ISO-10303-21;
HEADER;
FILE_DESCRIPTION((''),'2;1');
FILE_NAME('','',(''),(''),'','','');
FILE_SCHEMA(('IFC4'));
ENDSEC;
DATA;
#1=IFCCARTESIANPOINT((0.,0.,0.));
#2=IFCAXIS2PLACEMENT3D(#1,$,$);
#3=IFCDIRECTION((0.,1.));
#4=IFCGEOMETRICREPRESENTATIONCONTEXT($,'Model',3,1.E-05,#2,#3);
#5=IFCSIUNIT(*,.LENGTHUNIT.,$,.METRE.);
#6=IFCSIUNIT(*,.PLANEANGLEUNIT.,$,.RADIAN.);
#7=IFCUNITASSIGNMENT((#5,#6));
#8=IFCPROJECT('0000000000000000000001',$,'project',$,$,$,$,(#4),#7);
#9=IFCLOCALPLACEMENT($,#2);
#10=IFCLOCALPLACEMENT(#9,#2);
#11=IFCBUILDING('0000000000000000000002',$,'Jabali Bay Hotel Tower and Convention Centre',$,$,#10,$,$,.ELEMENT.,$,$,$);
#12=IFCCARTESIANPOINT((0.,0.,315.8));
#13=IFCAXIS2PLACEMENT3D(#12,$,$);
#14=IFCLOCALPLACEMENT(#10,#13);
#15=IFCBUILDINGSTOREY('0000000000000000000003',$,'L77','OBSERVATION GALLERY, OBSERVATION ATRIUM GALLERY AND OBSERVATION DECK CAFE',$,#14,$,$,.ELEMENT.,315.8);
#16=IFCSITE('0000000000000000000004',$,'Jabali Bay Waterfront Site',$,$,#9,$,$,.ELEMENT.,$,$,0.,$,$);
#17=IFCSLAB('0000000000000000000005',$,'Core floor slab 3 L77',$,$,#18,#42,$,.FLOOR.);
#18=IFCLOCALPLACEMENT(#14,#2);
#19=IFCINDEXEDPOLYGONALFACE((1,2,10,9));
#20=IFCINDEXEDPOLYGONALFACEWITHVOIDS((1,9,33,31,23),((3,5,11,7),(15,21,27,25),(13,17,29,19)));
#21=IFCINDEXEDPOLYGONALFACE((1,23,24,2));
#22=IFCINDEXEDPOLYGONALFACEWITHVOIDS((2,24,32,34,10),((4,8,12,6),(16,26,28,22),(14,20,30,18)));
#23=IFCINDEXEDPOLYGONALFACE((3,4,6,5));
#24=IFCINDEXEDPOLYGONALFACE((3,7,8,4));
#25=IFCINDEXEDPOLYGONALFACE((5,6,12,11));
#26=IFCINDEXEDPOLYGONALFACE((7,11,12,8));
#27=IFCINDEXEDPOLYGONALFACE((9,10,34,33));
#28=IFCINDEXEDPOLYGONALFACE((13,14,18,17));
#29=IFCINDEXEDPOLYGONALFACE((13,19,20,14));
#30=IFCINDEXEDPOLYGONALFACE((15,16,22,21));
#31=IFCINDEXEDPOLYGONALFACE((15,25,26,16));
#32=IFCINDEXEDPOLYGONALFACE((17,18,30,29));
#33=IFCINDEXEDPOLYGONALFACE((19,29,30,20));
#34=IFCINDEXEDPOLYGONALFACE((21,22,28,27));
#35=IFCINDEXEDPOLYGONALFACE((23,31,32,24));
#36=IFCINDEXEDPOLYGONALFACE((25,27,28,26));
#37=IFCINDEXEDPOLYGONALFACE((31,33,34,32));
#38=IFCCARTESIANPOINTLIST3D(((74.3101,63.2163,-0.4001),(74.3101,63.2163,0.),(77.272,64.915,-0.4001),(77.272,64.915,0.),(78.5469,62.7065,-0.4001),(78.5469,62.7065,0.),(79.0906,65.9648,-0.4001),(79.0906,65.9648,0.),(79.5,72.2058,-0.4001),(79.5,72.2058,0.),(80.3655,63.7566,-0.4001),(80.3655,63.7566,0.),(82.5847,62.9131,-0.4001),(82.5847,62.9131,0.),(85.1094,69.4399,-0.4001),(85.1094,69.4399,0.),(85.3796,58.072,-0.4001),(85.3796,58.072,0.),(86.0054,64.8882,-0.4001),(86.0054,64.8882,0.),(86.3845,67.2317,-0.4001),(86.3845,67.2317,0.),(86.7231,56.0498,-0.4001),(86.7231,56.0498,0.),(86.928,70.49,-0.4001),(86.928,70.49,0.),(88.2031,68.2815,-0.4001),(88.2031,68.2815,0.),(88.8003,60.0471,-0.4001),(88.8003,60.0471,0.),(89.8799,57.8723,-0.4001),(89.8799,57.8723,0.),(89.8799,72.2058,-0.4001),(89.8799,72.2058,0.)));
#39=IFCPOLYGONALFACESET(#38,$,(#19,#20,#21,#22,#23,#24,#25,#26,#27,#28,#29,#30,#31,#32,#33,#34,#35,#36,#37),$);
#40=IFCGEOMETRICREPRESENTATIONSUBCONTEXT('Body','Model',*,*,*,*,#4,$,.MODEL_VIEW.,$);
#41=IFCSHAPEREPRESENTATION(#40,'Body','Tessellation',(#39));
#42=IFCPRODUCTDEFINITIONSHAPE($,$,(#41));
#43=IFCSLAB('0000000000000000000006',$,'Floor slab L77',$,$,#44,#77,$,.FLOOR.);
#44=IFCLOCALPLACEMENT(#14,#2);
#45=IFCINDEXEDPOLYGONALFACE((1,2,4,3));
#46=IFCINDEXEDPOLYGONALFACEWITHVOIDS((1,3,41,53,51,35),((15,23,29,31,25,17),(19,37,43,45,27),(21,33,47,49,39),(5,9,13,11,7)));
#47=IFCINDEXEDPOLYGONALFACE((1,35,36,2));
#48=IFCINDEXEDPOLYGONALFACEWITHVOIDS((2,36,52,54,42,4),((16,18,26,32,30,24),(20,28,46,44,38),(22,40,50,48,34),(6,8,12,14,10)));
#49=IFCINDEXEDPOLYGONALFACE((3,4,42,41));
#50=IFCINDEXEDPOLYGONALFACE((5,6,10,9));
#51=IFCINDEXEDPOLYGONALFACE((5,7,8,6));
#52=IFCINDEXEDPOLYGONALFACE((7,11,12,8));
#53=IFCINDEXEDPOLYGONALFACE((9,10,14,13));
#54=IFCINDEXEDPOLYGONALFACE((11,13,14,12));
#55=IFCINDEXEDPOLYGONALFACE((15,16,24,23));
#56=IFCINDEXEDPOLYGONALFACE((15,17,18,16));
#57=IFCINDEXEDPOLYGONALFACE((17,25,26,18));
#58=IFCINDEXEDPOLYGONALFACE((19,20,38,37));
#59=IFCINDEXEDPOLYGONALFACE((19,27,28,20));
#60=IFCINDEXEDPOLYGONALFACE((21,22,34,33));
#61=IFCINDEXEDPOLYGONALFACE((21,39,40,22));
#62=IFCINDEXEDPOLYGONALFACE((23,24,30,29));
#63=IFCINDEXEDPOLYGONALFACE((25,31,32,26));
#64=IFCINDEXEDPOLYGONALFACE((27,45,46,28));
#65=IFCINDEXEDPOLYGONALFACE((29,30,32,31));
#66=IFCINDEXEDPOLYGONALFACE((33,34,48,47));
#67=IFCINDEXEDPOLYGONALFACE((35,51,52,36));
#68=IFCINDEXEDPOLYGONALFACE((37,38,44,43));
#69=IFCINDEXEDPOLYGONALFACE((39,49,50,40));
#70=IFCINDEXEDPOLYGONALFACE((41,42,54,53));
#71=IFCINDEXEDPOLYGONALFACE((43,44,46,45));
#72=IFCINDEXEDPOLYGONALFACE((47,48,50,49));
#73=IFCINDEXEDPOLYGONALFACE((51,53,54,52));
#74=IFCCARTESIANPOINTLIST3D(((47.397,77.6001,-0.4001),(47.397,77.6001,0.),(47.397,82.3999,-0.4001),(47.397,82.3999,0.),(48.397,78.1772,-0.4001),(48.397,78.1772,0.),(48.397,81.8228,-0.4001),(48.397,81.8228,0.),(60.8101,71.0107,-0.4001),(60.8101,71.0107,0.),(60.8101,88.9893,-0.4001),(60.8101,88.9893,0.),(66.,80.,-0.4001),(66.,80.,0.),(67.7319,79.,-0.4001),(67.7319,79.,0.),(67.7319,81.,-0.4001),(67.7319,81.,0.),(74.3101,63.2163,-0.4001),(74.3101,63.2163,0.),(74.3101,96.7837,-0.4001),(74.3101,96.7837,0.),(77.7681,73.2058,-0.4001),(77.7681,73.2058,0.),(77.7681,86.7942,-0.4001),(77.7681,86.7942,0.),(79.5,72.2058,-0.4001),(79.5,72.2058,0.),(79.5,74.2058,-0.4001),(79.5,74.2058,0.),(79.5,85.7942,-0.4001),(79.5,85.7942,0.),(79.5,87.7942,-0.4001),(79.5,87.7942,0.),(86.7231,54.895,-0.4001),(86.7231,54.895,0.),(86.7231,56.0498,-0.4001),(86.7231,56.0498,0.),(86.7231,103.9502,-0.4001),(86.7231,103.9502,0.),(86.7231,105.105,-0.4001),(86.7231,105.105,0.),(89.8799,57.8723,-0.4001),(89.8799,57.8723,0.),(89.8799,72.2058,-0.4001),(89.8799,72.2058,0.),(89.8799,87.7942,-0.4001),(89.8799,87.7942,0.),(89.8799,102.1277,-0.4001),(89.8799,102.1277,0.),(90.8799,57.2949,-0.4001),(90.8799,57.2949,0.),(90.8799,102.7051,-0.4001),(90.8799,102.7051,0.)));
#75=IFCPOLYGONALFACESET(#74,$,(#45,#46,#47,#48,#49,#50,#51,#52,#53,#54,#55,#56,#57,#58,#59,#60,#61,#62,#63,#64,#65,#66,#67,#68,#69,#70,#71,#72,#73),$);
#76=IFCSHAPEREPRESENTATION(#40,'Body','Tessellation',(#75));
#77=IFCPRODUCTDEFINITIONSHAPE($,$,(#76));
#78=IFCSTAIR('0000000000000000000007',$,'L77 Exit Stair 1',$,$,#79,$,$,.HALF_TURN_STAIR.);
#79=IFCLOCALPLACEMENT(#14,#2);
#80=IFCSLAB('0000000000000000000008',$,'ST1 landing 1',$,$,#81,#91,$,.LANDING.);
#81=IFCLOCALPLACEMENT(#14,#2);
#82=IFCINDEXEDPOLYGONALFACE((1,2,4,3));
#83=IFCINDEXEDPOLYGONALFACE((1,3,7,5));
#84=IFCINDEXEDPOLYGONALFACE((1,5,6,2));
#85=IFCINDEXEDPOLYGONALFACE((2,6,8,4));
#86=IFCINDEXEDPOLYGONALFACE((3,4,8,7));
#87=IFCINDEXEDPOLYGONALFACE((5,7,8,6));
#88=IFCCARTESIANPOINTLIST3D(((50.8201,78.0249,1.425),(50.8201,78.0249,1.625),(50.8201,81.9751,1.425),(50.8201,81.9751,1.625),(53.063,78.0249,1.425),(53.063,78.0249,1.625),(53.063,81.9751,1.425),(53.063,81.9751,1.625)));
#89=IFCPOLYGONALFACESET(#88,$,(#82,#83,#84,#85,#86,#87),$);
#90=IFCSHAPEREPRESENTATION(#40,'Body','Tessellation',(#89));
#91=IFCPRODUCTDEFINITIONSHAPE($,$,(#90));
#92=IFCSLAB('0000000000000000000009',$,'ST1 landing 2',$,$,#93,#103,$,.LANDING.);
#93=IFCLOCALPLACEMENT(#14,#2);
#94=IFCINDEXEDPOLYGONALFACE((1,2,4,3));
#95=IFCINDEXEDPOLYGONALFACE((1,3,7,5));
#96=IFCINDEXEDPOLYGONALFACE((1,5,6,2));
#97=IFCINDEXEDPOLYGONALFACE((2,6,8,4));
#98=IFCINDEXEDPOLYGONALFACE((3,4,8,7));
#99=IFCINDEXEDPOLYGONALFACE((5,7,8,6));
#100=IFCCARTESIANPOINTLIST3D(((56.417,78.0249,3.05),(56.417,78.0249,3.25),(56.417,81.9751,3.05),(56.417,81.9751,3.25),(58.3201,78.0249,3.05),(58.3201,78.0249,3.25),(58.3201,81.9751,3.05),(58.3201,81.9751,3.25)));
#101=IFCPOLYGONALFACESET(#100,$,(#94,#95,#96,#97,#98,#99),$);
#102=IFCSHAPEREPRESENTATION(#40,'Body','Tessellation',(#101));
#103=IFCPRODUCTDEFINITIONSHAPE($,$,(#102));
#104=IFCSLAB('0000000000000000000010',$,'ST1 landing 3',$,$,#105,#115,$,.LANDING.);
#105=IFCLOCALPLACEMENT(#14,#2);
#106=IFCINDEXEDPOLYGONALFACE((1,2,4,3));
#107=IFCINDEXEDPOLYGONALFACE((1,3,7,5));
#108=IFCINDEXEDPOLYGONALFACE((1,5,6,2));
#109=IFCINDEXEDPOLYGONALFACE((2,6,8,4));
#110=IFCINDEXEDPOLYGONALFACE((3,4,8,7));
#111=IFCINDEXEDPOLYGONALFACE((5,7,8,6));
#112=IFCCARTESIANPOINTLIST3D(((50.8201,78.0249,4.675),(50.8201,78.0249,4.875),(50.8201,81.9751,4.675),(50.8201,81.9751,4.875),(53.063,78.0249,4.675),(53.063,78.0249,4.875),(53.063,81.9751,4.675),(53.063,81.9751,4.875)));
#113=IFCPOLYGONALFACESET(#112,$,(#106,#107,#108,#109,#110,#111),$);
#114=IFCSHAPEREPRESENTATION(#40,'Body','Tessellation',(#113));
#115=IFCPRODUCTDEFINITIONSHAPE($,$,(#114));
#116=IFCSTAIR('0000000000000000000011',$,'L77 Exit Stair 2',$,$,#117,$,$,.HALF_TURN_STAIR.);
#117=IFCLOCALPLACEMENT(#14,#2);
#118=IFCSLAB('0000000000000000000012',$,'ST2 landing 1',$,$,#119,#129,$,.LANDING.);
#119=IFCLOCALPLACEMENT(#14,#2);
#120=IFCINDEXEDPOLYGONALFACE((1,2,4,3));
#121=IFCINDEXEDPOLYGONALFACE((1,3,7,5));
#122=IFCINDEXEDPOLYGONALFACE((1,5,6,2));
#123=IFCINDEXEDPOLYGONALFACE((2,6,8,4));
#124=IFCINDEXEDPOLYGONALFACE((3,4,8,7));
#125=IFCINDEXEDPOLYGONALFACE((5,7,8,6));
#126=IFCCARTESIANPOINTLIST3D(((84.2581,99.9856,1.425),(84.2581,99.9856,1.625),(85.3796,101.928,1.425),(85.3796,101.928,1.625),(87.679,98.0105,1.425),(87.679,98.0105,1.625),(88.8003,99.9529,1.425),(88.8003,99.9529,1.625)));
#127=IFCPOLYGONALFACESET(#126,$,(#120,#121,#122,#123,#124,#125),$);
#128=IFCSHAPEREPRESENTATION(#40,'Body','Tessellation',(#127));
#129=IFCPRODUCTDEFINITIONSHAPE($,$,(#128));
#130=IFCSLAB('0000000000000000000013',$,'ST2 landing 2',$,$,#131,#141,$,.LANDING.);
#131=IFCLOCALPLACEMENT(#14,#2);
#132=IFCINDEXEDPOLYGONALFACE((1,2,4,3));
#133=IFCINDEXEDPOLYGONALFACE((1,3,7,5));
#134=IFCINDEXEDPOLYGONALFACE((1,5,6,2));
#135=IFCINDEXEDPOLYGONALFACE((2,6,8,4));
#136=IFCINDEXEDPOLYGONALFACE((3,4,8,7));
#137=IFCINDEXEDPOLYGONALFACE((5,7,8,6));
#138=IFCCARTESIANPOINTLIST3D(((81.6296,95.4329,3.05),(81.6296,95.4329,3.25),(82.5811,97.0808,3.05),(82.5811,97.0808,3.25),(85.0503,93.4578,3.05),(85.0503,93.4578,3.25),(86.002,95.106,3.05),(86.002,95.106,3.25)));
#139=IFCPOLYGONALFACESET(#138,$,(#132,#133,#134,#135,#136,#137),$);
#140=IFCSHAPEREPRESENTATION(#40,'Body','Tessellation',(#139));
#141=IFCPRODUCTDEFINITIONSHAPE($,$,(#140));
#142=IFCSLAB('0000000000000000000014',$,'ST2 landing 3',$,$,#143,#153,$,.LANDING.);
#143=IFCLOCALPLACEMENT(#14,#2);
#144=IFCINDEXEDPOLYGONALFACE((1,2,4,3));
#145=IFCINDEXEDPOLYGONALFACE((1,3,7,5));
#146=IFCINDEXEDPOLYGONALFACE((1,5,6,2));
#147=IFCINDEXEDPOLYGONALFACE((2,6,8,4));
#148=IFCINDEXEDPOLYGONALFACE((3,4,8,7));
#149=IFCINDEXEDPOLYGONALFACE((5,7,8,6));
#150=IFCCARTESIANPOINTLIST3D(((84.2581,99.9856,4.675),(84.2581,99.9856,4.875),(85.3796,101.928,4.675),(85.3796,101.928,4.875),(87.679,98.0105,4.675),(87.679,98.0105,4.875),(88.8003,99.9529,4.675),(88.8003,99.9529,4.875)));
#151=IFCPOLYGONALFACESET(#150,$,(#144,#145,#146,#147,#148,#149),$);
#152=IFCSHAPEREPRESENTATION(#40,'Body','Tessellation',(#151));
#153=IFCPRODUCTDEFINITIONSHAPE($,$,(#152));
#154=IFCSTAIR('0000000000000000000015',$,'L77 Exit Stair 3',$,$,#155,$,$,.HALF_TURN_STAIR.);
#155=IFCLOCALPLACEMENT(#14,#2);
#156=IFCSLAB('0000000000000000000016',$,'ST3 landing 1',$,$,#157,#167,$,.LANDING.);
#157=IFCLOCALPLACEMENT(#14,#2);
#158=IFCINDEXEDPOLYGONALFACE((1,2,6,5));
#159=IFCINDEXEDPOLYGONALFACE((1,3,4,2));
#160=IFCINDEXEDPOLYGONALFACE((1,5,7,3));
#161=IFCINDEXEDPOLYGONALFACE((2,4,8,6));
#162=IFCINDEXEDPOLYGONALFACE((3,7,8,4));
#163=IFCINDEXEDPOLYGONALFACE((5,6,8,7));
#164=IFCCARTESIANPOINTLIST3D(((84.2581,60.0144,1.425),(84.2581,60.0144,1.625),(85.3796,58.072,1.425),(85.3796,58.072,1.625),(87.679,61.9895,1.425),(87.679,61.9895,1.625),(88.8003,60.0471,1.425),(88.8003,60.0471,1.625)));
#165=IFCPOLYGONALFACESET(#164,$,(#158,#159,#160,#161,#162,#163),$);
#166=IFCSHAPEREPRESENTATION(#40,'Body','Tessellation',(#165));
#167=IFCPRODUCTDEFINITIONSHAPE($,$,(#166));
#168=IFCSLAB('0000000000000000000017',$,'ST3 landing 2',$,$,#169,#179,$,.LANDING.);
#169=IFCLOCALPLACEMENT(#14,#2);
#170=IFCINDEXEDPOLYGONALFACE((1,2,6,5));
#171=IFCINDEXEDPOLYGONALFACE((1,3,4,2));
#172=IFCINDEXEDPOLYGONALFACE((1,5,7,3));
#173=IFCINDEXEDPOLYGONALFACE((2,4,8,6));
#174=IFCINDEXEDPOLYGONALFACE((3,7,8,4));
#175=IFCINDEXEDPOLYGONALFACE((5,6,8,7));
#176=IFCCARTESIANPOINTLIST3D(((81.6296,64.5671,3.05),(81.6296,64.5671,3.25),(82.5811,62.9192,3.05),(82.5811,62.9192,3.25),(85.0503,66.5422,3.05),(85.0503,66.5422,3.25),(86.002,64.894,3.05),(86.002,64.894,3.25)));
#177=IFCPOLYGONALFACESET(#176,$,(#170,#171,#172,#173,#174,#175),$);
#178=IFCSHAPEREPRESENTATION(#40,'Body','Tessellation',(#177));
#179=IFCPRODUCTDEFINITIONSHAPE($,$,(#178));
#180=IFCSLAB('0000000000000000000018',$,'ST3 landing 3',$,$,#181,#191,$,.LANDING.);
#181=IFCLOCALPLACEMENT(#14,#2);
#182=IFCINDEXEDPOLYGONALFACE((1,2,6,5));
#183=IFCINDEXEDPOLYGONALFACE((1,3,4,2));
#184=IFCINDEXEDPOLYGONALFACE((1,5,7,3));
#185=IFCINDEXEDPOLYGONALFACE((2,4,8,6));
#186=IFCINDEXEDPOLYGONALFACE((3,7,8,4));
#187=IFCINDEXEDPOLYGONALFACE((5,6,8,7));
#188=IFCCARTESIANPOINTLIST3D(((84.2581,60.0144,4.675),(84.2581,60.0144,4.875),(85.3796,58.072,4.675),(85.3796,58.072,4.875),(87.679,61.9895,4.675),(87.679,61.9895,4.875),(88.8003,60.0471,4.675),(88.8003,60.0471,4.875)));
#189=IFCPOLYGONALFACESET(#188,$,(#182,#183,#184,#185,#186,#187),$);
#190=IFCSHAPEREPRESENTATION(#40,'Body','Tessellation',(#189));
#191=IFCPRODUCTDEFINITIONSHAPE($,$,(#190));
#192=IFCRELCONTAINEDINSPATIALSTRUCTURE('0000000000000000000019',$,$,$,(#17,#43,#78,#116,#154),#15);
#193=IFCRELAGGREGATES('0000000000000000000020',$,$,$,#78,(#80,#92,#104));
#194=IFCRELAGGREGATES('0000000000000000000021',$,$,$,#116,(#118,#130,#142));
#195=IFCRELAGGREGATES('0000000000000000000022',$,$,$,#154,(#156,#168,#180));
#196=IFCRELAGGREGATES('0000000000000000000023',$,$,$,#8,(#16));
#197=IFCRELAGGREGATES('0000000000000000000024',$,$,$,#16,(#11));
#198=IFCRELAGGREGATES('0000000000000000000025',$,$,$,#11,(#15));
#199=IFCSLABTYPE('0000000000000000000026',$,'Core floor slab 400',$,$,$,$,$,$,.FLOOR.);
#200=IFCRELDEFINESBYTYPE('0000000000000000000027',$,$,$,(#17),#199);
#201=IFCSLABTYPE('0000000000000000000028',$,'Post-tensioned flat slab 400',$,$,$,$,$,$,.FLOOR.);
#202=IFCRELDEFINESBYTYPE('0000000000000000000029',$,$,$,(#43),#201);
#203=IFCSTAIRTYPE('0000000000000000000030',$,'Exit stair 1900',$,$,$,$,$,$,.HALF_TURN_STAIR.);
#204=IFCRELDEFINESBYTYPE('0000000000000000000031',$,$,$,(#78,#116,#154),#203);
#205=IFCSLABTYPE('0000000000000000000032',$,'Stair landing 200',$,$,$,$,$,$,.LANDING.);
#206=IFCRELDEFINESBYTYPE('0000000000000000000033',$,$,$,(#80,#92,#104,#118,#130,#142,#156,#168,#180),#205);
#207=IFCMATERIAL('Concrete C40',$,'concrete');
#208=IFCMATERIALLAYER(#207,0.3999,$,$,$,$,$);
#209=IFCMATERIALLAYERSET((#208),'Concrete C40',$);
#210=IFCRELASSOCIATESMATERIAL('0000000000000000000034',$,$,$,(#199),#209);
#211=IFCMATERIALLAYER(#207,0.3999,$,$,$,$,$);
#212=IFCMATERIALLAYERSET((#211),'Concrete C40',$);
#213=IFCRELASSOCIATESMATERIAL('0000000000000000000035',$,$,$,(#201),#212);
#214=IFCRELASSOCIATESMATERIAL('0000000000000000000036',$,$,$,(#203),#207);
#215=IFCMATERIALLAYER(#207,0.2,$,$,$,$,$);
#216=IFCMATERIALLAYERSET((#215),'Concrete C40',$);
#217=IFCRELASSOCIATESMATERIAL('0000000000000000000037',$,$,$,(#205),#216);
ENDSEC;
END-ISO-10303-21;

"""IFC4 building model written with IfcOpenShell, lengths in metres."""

from ifc_helpers import new_model, si_unit, direction, frame, origin, place, context, subcontext, project, spatial, polyline, outline, extrude, material, layer, layer_set, type_object, element, aggregate, save


model = new_model("IFC4")

# Units and contexts
model_context = context("Model", 3, precision=1e-05, world=origin(), true_north=direction((0.0, 1.0)))
body_context = subcontext(model_context, "Body", "Model", "MODEL_VIEW")
ifc_project = project(units=[si_unit("LENGTHUNIT", "METRE"), si_unit("PLANEANGLEUNIT", "RADIAN")], contexts=[model_context])

# Site, building, storey
site_placement = place(None, origin())
site = spatial("IfcSite", under=ifc_project, at=site_placement, Name="Jabali Bay Waterfront Site", CompositionType="ELEMENT", RefElevation=0.0)
building_placement = place(site_placement, origin())
building = spatial("IfcBuilding", under=site, at=building_placement, Name="Jabali Bay Hotel Tower and Convention Centre", CompositionType="ELEMENT")
storey_placement = place(building_placement, frame((0.0, 0.0, 315.8)))
storey = spatial("IfcBuildingStorey", under=building, at=storey_placement, Name="L77", Description="OBSERVATION GALLERY, OBSERVATION ATRIUM GALLERY AND OBSERVATION DECK CAFE", CompositionType="ELEMENT", Elevation=315.8)

# Slabs
ifc_material_1 = material(Name="Concrete C40", Category="concrete")
ifc_layer_1 = layer(ifc_material_1, 0.3999)
ifc_layer_set_1 = layer_set([ifc_layer_1], Name="Concrete C40")
slab_type_1 = type_object("IfcSlabType", Name="Core floor slab 400", PredefinedType="FLOOR", material=ifc_layer_set_1)
slab_1_placement = place(storey_placement, frame((0.0, 0.0, -0.4001)))
element("IfcSlab", 1, at=slab_1_placement, inside=storey, type_object=slab_type_1, Name="Core floor slab 3 L77", PredefinedType="FLOOR", context=body_context, shape_type="SweptSolid", body=[
    extrude(outline(polyline([(79.5, 72.2058), (74.3101, 63.2163), (86.7231, 56.0498), (89.8799, 57.8723), (89.8799, 72.2058), (79.5, 72.2058)]), holes=[polyline([(85.3796, 58.072), (88.8003, 60.0471), (86.0054, 64.8882), (82.5847, 62.9131), (85.3796, 58.072)]), polyline([(79.0906, 65.9648), (77.272, 64.915), (78.5469, 62.7065), (80.3655, 63.7566), (79.0906, 65.9648)]), polyline([(86.928, 70.49), (85.1094, 69.4399), (86.3845, 67.2317), (88.2031, 68.2815), (86.928, 70.49)])]), origin(), (0.0, 0.0, 1.0), 0.4001),
])
ifc_layer_2 = layer(ifc_material_1, 0.3999)
ifc_layer_set_2 = layer_set([ifc_layer_2], Name="Concrete C40")
slab_type_2 = type_object("IfcSlabType", Name="Post-tensioned flat slab 400", PredefinedType="FLOOR", material=ifc_layer_set_2)
slab_2_placement = place(storey_placement, frame((0.0, 0.0, -0.4001)))
element("IfcSlab", 2, at=slab_2_placement, inside=storey, type_object=slab_type_2, Name="Floor slab L77", PredefinedType="FLOOR", context=body_context, shape_type="SweptSolid", body=[
    extrude(outline(polyline([(86.7231, 105.105), (90.8799, 102.7051), (90.8799, 57.2949), (86.7231, 54.895), (47.397, 77.6001), (47.397, 82.3999), (86.7231, 105.105)]), holes=[polyline([(67.7319, 79.0), (77.7681, 73.2058), (79.5, 74.2058), (79.5, 85.7942), (77.7681, 86.7942), (67.7319, 81.0), (67.7319, 79.0)]), polyline([(48.397, 78.1772), (60.8101, 71.0107), (66.0, 80.0), (60.8101, 88.9893), (48.397, 81.8228), (48.397, 78.1772)]), polyline([(89.8799, 102.1277), (86.7231, 103.9502), (74.3101, 96.7837), (79.5, 87.7942), (89.8799, 87.7942), (89.8799, 102.1277)]), polyline([(74.3101, 63.2163), (86.7231, 56.0498), (89.8799, 57.8723), (89.8799, 72.2058), (79.5, 72.2058), (74.3101, 63.2163)])]), origin(), (0.0, 0.0, 1.0), 0.4001),
])

# Stairs, slabs
stair_type = type_object("IfcStairType", Name="Exit stair 1900", PredefinedType="HALF_TURN_STAIR", material=ifc_material_1)
stair_1_placement = place(storey_placement, origin())
stair_1 = element("IfcStair", 3, at=stair_1_placement, inside=storey, type_object=stair_type, Name="L77 Exit Stair 1", PredefinedType="HALF_TURN_STAIR")
ifc_layer_3 = layer(ifc_material_1, 0.2)
ifc_layer_set_3 = layer_set([ifc_layer_3], Name="Concrete C40")
slab_type_3 = type_object("IfcSlabType", Name="Stair landing 200", PredefinedType="LANDING", material=ifc_layer_set_3)
slab_3_placement = place(storey_placement, frame((0.0, 0.0, 1.425)))
slab_3 = element("IfcSlab", 4, at=slab_3_placement, type_object=slab_type_3, Name="ST1 landing 1", PredefinedType="LANDING", context=body_context, shape_type="SweptSolid", body=[
    extrude(outline(polyline([(53.063, 81.9751), (50.8201, 81.9751), (50.8201, 78.0249), (53.063, 78.0249), (53.063, 81.9751)])), origin(), (0.0, 0.0, 1.0), 0.2),
])
slab_4_placement = place(storey_placement, frame((0.0, 0.0, 3.05)))
slab_4 = element("IfcSlab", 5, at=slab_4_placement, type_object=slab_type_3, Name="ST1 landing 2", PredefinedType="LANDING", context=body_context, shape_type="SweptSolid", body=[
    extrude(outline(polyline([(58.3201, 81.9751), (56.417, 81.9751), (56.417, 78.0249), (58.3201, 78.0249), (58.3201, 81.9751)])), origin(), (0.0, 0.0, 1.0), 0.2),
])
slab_5_placement = place(storey_placement, frame((0.0, 0.0, 4.675)))
slab_5 = element("IfcSlab", 6, at=slab_5_placement, type_object=slab_type_3, Name="ST1 landing 3", PredefinedType="LANDING", context=body_context, shape_type="SweptSolid", body=[
    extrude(outline(polyline([(53.063, 81.9751), (50.8201, 81.9751), (50.8201, 78.0249), (53.063, 78.0249), (53.063, 81.9751)])), origin(), (0.0, 0.0, 1.0), 0.2),
])
aggregate(stair_1, [slab_3, slab_4, slab_5])
stair_2_placement = place(storey_placement, origin())
stair_2 = element("IfcStair", 7, at=stair_2_placement, inside=storey, type_object=stair_type, Name="L77 Exit Stair 2", PredefinedType="HALF_TURN_STAIR")
slab_6_placement = place(storey_placement, frame((0.0, 0.0, 1.425)))
slab_6 = element("IfcSlab", 8, at=slab_6_placement, type_object=slab_type_3, Name="ST2 landing 1", PredefinedType="LANDING", context=body_context, shape_type="SweptSolid", body=[
    extrude(outline(polyline([(87.679, 98.0105), (88.8003, 99.9529), (85.3796, 101.928), (84.2581, 99.9856), (87.679, 98.0105)])), origin(), (0.0, 0.0, 1.0), 0.2),
])
slab_7_placement = place(storey_placement, frame((0.0, 0.0, 3.05)))
slab_7 = element("IfcSlab", 9, at=slab_7_placement, type_object=slab_type_3, Name="ST2 landing 2", PredefinedType="LANDING", context=body_context, shape_type="SweptSolid", body=[
    extrude(outline(polyline([(85.0503, 93.4578), (86.002, 95.106), (82.5811, 97.0808), (81.6296, 95.4329), (85.0503, 93.4578)])), origin(), (0.0, 0.0, 1.0), 0.2),
])
slab_8_placement = place(storey_placement, frame((0.0, 0.0, 4.675)))
slab_8 = element("IfcSlab", 10, at=slab_8_placement, type_object=slab_type_3, Name="ST2 landing 3", PredefinedType="LANDING", context=body_context, shape_type="SweptSolid", body=[
    extrude(outline(polyline([(87.679, 98.0105), (88.8003, 99.9529), (85.3796, 101.928), (84.2581, 99.9856), (87.679, 98.0105)])), origin(), (0.0, 0.0, 1.0), 0.2),
])
aggregate(stair_2, [slab_6, slab_7, slab_8])
stair_3_placement = place(storey_placement, origin())
stair_3 = element("IfcStair", 11, at=stair_3_placement, inside=storey, type_object=stair_type, Name="L77 Exit Stair 3", PredefinedType="HALF_TURN_STAIR")
slab_9_placement = place(storey_placement, frame((0.0, 0.0, 1.425)))
slab_9 = element("IfcSlab", 12, at=slab_9_placement, type_object=slab_type_3, Name="ST3 landing 1", PredefinedType="LANDING", context=body_context, shape_type="SweptSolid", body=[
    extrude(outline(polyline([(84.2581, 60.0144), (85.3796, 58.072), (88.8003, 60.0471), (87.679, 61.9895), (84.2581, 60.0144)])), origin(), (0.0, 0.0, 1.0), 0.2),
])
slab_10_placement = place(storey_placement, frame((0.0, 0.0, 3.05)))
slab_10 = element("IfcSlab", 13, at=slab_10_placement, type_object=slab_type_3, Name="ST3 landing 2", PredefinedType="LANDING", context=body_context, shape_type="SweptSolid", body=[
    extrude(outline(polyline([(81.6296, 64.5671), (82.5811, 62.9192), (86.002, 64.894), (85.0503, 66.5422), (81.6296, 64.5671)])), origin(), (0.0, 0.0, 1.0), 0.2),
])
slab_11_placement = place(storey_placement, frame((0.0, 0.0, 4.675)))
slab_11 = element("IfcSlab", 14, at=slab_11_placement, type_object=slab_type_3, Name="ST3 landing 3", PredefinedType="LANDING", context=body_context, shape_type="SweptSolid", body=[
    extrude(outline(polyline([(84.2581, 60.0144), (85.3796, 58.072), (88.8003, 60.0471), (87.679, 61.9895), (84.2581, 60.0144)])), origin(), (0.0, 0.0, 1.0), 0.2),
])
aggregate(stair_3, [slab_9, slab_10, slab_11])

save(model, "model.ifc")
